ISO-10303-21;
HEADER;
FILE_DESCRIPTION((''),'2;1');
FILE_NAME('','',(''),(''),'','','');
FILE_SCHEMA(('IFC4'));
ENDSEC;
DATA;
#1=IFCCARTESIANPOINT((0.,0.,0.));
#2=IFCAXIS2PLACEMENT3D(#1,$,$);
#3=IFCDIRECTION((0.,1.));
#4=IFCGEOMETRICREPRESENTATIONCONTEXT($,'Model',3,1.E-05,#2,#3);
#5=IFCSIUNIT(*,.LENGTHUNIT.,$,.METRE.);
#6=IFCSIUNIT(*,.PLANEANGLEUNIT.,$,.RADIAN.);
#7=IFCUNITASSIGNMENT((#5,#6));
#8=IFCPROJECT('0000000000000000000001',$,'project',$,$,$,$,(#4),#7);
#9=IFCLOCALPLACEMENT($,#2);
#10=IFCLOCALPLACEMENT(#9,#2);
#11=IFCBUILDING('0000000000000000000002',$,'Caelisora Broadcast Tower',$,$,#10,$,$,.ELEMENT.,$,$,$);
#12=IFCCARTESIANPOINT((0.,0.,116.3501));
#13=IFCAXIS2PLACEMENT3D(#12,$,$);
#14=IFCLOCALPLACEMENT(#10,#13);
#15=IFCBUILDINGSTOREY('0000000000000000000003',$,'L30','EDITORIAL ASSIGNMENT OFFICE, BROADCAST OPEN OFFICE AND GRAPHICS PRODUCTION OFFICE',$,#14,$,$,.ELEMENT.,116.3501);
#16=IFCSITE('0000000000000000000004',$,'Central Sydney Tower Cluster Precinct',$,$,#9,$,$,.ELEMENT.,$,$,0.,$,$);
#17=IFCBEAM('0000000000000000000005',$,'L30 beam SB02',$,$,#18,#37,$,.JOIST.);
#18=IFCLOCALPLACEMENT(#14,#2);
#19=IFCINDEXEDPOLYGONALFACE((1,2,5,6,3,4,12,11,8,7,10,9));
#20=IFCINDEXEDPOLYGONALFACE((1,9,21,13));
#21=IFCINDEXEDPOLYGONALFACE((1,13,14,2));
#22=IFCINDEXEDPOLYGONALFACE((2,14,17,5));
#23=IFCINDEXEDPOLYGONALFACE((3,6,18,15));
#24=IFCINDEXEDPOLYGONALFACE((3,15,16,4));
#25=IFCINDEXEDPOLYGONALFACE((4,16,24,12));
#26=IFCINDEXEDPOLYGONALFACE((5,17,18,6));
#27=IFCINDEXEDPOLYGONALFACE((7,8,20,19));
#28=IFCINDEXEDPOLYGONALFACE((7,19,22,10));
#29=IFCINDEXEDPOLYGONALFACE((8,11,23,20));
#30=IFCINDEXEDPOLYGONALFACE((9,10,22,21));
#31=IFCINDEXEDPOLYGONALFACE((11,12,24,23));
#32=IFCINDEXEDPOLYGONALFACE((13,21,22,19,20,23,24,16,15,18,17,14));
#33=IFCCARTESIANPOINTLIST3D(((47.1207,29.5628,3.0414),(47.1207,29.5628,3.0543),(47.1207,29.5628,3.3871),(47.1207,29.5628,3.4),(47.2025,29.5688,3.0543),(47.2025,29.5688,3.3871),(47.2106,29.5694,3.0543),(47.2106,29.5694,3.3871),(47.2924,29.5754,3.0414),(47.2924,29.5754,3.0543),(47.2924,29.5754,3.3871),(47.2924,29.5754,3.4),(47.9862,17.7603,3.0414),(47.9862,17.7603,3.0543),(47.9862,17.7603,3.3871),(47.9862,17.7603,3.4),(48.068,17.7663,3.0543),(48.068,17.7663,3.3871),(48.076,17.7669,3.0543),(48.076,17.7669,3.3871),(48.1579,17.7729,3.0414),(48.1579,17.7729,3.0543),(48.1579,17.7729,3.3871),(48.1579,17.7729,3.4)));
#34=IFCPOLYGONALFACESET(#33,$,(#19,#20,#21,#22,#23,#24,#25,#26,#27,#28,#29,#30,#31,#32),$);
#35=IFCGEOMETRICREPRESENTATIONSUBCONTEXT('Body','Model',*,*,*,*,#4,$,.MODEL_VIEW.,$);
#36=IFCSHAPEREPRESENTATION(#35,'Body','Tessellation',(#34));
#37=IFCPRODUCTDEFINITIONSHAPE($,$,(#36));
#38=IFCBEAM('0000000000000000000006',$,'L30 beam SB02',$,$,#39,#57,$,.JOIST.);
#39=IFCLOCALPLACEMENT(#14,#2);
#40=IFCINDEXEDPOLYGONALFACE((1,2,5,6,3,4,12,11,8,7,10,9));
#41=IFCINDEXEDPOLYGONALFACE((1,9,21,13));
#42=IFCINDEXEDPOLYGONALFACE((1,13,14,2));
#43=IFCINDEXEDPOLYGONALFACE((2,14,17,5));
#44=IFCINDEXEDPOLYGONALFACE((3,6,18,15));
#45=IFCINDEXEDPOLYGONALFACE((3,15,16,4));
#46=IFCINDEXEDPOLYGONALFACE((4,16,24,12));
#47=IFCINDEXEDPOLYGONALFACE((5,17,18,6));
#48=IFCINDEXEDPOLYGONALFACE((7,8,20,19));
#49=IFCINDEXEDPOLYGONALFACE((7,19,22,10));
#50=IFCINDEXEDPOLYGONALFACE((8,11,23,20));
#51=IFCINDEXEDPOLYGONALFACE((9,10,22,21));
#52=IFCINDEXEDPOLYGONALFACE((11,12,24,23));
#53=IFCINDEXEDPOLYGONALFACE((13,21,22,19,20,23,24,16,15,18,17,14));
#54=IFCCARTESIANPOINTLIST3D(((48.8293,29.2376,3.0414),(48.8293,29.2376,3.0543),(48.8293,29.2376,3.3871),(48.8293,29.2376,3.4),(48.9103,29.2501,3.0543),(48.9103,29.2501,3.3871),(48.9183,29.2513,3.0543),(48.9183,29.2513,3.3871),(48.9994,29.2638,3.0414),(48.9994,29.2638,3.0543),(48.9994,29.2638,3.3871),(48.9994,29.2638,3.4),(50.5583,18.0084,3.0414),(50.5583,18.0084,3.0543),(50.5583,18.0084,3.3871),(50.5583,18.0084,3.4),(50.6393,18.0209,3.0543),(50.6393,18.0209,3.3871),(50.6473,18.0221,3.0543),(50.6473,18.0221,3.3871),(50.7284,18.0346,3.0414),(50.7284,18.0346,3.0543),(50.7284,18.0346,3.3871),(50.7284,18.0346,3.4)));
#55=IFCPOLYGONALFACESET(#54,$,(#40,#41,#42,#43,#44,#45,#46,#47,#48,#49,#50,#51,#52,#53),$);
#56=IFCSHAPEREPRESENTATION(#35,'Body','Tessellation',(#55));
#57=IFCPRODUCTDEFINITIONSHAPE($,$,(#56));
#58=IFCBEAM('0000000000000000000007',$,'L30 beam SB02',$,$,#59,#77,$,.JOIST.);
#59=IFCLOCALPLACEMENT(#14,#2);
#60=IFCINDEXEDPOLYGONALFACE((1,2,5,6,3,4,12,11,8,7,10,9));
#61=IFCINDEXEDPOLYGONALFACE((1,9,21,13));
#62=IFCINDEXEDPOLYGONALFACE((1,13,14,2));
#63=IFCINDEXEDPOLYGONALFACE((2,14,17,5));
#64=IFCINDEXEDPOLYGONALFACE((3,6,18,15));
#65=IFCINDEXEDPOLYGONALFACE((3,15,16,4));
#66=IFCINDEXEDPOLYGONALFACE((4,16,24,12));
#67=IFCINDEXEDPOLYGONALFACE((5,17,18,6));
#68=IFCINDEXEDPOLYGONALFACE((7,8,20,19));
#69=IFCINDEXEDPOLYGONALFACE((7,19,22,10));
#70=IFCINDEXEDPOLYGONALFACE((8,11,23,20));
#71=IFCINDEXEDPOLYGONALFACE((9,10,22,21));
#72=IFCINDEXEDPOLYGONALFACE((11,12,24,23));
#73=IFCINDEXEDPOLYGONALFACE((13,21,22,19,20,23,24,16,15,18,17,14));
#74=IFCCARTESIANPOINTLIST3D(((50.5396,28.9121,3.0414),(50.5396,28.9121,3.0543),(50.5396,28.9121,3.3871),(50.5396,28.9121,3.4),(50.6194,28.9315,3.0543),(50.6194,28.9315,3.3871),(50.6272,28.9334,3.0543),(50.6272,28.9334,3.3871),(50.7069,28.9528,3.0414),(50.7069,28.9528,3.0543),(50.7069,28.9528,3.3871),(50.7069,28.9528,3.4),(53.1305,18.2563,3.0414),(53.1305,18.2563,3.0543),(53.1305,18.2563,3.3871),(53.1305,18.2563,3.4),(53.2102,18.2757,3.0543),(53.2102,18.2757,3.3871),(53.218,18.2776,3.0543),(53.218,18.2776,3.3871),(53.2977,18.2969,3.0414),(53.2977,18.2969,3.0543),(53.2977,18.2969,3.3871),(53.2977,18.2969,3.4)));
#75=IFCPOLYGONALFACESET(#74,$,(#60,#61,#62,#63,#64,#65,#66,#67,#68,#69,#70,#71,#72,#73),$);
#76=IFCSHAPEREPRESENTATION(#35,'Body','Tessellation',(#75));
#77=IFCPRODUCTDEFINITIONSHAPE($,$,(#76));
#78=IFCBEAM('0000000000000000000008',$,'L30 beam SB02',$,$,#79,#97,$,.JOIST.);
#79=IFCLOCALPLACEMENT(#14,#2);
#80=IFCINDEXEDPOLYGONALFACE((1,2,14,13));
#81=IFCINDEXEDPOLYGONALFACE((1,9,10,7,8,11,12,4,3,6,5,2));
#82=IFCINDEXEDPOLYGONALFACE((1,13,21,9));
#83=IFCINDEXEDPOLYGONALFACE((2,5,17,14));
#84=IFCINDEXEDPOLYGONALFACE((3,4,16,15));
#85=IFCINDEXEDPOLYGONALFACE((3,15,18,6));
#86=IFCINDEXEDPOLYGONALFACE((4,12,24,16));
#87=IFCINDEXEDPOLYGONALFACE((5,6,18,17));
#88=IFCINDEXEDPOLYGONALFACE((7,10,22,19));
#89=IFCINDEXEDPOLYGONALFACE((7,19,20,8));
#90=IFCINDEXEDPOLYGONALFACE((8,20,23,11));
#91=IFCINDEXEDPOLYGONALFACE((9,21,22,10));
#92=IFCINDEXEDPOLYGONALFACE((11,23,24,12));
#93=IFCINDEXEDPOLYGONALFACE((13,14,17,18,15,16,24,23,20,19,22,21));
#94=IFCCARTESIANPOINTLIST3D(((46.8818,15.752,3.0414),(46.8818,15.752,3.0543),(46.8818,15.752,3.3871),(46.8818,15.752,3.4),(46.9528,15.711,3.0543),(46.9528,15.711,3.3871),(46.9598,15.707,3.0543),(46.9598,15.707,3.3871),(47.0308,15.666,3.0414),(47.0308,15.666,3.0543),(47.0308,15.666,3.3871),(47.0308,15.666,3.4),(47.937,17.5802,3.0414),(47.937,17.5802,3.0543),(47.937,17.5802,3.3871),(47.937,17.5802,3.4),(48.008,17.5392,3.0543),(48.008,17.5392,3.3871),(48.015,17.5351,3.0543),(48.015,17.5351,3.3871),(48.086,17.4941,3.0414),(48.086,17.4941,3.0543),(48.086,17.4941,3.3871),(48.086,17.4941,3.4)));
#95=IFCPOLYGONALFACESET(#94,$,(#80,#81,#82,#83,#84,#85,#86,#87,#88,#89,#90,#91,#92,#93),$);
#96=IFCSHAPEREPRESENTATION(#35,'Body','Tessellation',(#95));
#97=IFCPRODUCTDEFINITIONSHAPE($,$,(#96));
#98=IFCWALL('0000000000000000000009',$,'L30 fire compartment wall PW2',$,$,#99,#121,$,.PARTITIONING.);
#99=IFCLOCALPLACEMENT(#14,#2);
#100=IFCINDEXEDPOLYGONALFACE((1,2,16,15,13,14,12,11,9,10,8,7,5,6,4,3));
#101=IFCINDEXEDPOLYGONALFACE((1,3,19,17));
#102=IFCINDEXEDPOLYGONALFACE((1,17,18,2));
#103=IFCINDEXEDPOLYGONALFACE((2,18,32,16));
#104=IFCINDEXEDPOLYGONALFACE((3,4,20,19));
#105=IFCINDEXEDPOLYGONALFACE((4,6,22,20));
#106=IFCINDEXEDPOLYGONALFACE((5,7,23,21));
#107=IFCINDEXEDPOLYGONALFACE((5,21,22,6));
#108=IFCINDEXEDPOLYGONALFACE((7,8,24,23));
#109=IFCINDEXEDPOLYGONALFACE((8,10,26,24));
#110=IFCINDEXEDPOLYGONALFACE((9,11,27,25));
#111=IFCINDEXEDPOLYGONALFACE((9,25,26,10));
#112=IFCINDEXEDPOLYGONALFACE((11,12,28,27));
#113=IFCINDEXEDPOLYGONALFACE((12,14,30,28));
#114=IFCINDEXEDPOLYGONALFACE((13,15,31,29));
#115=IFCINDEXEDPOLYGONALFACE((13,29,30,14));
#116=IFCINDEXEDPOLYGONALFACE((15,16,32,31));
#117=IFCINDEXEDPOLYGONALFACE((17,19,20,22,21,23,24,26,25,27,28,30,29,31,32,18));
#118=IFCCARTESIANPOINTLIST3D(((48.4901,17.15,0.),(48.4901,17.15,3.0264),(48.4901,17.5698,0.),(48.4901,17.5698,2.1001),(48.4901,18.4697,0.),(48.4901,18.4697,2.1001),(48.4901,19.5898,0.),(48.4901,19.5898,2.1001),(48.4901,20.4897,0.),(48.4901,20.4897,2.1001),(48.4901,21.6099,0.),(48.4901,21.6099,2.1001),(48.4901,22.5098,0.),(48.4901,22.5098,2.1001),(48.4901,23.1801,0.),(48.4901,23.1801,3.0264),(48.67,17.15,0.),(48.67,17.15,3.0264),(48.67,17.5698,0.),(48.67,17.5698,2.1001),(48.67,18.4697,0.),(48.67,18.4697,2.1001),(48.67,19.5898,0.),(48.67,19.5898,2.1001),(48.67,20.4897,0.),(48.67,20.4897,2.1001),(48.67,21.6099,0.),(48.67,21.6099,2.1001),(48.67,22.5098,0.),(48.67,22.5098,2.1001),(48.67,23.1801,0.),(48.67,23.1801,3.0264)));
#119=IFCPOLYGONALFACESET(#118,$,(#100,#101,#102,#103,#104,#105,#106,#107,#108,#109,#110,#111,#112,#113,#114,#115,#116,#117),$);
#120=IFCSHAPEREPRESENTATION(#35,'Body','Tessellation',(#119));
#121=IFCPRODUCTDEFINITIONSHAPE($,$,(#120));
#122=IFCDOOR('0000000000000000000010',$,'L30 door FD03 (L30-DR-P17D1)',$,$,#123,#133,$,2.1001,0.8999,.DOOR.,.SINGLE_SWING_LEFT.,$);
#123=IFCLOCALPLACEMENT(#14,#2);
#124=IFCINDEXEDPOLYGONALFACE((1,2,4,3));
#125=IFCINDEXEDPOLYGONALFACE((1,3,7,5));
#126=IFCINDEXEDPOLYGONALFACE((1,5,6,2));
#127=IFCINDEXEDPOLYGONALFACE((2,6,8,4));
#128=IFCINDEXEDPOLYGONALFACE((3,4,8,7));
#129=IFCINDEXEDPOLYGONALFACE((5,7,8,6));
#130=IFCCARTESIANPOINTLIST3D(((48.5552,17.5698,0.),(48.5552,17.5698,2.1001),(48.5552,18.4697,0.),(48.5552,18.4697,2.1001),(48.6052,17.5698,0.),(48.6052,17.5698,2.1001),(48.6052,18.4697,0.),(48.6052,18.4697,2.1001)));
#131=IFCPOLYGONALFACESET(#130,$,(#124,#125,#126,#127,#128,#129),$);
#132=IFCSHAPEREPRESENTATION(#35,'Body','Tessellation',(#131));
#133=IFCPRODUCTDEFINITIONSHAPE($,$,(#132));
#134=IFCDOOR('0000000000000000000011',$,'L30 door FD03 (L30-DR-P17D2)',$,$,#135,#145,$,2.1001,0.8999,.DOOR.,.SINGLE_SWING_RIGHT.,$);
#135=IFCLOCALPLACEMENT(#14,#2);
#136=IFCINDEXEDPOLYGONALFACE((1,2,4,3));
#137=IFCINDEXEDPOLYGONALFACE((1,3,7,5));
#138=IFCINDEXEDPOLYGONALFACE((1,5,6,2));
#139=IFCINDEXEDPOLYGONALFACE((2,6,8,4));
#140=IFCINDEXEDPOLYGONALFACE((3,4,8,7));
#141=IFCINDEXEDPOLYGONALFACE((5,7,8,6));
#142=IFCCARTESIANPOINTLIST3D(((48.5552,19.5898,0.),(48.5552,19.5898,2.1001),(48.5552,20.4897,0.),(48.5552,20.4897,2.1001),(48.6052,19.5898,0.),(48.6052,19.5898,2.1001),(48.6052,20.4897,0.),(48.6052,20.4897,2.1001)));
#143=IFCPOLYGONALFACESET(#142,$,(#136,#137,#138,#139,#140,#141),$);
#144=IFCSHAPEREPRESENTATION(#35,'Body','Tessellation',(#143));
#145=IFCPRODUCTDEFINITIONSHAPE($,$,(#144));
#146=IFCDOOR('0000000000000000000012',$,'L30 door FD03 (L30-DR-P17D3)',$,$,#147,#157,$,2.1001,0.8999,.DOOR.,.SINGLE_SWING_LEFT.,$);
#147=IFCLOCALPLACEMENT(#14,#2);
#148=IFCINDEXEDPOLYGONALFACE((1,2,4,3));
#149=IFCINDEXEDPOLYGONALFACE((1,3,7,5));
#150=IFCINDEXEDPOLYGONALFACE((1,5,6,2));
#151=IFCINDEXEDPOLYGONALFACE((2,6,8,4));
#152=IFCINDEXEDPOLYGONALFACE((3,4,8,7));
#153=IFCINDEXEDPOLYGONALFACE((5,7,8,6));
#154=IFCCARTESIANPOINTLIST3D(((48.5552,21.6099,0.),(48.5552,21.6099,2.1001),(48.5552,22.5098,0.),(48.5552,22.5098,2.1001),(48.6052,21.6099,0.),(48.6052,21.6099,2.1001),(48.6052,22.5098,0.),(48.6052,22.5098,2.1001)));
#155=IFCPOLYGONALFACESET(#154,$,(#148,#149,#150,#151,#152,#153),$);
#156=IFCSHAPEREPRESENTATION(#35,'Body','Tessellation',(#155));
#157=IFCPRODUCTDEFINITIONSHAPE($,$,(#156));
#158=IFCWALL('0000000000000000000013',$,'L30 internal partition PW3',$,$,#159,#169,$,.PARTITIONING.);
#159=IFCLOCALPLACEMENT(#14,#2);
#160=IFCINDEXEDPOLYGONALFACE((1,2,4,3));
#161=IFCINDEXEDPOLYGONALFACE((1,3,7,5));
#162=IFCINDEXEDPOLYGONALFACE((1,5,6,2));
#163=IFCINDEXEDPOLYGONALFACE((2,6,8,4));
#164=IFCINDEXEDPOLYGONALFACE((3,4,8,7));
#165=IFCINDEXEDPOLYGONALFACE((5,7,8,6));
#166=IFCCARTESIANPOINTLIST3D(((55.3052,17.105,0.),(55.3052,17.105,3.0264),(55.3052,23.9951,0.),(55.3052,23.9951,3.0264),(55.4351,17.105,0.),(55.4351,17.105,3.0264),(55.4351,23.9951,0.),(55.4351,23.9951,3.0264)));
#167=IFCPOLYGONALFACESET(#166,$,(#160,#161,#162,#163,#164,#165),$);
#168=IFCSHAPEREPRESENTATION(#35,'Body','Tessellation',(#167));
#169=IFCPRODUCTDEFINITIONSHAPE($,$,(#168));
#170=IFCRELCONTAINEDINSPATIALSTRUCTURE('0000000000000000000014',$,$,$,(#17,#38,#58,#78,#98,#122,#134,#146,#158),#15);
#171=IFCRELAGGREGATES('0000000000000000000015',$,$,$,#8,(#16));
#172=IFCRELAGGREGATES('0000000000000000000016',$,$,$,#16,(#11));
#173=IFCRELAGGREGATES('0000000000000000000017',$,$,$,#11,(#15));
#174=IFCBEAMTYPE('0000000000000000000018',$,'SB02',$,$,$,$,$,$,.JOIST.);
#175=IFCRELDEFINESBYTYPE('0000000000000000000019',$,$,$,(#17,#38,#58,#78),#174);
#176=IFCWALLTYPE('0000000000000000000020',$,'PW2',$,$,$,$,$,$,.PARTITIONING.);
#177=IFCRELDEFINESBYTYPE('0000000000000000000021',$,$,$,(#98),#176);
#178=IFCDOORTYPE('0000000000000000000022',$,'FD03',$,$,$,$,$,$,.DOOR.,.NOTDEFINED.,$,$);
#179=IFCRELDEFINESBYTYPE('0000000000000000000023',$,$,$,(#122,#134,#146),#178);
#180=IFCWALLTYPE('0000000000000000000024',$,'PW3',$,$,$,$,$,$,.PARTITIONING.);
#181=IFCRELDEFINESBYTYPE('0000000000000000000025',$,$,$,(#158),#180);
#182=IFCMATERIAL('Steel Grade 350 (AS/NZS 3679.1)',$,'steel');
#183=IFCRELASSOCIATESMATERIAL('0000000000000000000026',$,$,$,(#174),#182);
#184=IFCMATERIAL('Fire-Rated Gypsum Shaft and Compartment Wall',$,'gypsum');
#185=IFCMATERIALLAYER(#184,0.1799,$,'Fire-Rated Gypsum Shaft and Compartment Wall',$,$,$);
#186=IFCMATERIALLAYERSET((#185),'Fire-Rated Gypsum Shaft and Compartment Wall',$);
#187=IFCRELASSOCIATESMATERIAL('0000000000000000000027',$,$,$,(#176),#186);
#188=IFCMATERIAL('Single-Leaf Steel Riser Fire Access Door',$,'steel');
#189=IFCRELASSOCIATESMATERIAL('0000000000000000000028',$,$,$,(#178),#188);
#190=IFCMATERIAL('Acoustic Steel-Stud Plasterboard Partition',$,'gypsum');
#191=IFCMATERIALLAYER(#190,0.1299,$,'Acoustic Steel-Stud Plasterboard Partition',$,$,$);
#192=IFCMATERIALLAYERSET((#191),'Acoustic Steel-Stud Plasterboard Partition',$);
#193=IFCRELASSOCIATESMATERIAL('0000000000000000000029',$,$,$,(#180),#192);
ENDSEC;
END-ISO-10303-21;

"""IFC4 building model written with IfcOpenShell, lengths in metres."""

from ifc_helpers import new_model, si_unit, direction, frame, frame_2d, origin, origin_2d, place, context, subcontext, project, spatial, rectangle, i_section, extrude, source, transform, mapped, material, layer, layer_set, material_profile, profile_set, type_object, type_shapes, element, fill, save


model = new_model("IFC4")

# Units and contexts
model_context = context("Model", 3, precision=1e-05, world=origin(), true_north=direction((0.0, 1.0)))
body_context = subcontext(model_context, "Body", "Model", "MODEL_VIEW")
ifc_project = project(units=[si_unit("LENGTHUNIT", "METRE"), si_unit("PLANEANGLEUNIT", "RADIAN")], contexts=[model_context])

# Site, building, storey
site_placement = place(None, origin())
site = spatial("IfcSite", under=ifc_project, at=site_placement, Name="Central Sydney Tower Cluster Precinct", CompositionType="ELEMENT", RefElevation=0.0)
building_placement = place(site_placement, origin())
building = spatial("IfcBuilding", under=site, at=building_placement, Name="Caelisora Broadcast Tower", CompositionType="ELEMENT")
storey_placement = place(building_placement, frame((0.0, 0.0, 116.3501)))
storey = spatial("IfcBuildingStorey", under=building, at=storey_placement, Name="L30", Description="EDITORIAL ASSIGNMENT OFFICE, BROADCAST OPEN OFFICE AND GRAPHICS PRODUCTION OFFICE", CompositionType="ELEMENT", Elevation=116.3501)

# Beams
ifc_material_1 = material(Name="Steel Grade 350 (AS/NZS 3679.1)", Category="steel")
ifc_material_profile = material_profile(ifc_material_1, i_section(OverallWidth=0.1721, OverallDepth=0.3586, WebThickness=0.0081, FlangeThickness=0.0129, at=origin_2d()), Name="Steel Grade 350 (AS/NZS 3679.1)")
ifc_profile_set = profile_set([ifc_material_profile], Name="Steel Grade 350 (AS/NZS 3679.1)")
beam_type = type_object("IfcBeamType", Name="SB02", PredefinedType="JOIST", material=ifc_profile_set)
shared_shape_1 = source(origin(), body_context, "Body", "SweptSolid", [
    extrude(i_section(OverallWidth=0.1721, OverallDepth=0.3586, WebThickness=0.0081, FlangeThickness=0.0129, at=origin_2d()), origin(), (0.0, 0.0, 1.0), 11.8342),
])
beam_1_placement = place(storey_placement, frame((48.072, 17.7666, 3.2207), z_axis=(-0.073134, 0.997322, 0.0), x_axis=(-0.997322, -0.073134, 0.0)))
element("IfcBeam", 1, at=beam_1_placement, inside=storey, type_object=beam_type, Name="L30 beam SB02", PredefinedType="JOIST", context=body_context, shape_type="MappedRepresentation", body=[
    mapped(shared_shape_1, transform((0.0, 0.0, 0.0), scale=1.0)),
])
shared_shape_2 = source(origin(), body_context, "Body", "SweptSolid", [
    extrude(i_section(OverallWidth=0.1721, OverallDepth=0.3586, WebThickness=0.0081, FlangeThickness=0.0129, at=origin_2d()), origin(), (0.0, 0.0, 1.0), 11.3616),
])
beam_2_placement = place(storey_placement, frame((50.6433, 18.0215, 3.2207), z_axis=(-0.15218, 0.988353, 0.0), x_axis=(-0.988353, -0.15218, 0.0)))
element("IfcBeam", 2, at=beam_2_placement, inside=storey, type_object=beam_type, Name="L30 beam SB02", PredefinedType="JOIST", context=body_context, shape_type="MappedRepresentation", body=[
    mapped(shared_shape_2, transform((0.0, 0.0, 0.0), scale=1.0)),
])
shared_shape_3 = source(origin(), body_context, "Body", "SweptSolid", [
    extrude(i_section(OverallWidth=0.1721, OverallDepth=0.3586, WebThickness=0.0081, FlangeThickness=0.0129, at=origin_2d()), origin(), (0.0, 0.0, 1.0), 10.9663),
])
beam_3_placement = place(storey_placement, frame((53.2141, 18.2766, 3.2207), z_axis=(-0.236255, 0.971691, 0.0), x_axis=(-0.971691, -0.236255, 0.0)))
element("IfcBeam", 3, at=beam_3_placement, inside=storey, type_object=beam_type, Name="L30 beam SB02", PredefinedType="JOIST", context=body_context, shape_type="MappedRepresentation", body=[
    mapped(shared_shape_3, transform((0.0, 0.0, 0.0), scale=1.0)),
])
shared_shape_4 = source(origin(), body_context, "Body", "SweptSolid", [
    extrude(i_section(OverallWidth=0.1721, OverallDepth=0.3586, WebThickness=0.0081, FlangeThickness=0.0129, at=origin_2d()), origin(), (0.0, 0.0, 1.0), 2.1108),
])
type_shapes(beam_type, [shared_shape_1, shared_shape_2, shared_shape_3, shared_shape_4])
beam_4_placement = place(storey_placement, frame((46.9563, 15.709, 3.2207), z_axis=(0.499896, 0.866085, 0.0), x_axis=(-0.866085, 0.499896, 0.0)))
element("IfcBeam", 4, at=beam_4_placement, inside=storey, type_object=beam_type, Name="L30 beam SB02", PredefinedType="JOIST", context=body_context, shape_type="MappedRepresentation", body=[
    mapped(shared_shape_4, transform((0.0, 0.0, 0.0), scale=1.0)),
])

# Wall, openings, doors
ifc_material_2 = material(Name="Fire-Rated Gypsum Shaft and Compartment Wall", Category="gypsum")
ifc_layer_1 = layer(ifc_material_2, 0.1799, Name="Fire-Rated Gypsum Shaft and Compartment Wall")
ifc_layer_set_1 = layer_set([ifc_layer_1], Name="Fire-Rated Gypsum Shaft and Compartment Wall")
wall_type_1 = type_object("IfcWallType", Name="PW2", PredefinedType="PARTITIONING", material=ifc_layer_set_1)
wall_1_placement = place(storey_placement, frame((48.5801, 17.1499, 0.0), z_axis=(0.0, 0.0, 1.0), x_axis=(0.0, 1.0, 0.0)))
wall_1 = element("IfcWall", 5, at=wall_1_placement, inside=storey, type_object=wall_type_1, Name="L30 fire compartment wall PW2", PredefinedType="PARTITIONING", context=body_context, shape_type="SweptSolid", body=[
    extrude(rectangle(XDim=6.03, YDim=0.1799, at=frame_2d((3.0151, 0.0))), origin(), (0.0, 0.0, 1.0), 3.0264),
])
opening_1_placement = place(wall_1_placement, frame((0.4199, 0.0, 0.0)))
opening_1 = element("IfcOpeningElement", 6, at=opening_1_placement, cuts=wall_1, PredefinedType="OPENING", context=body_context, shape_type="SweptSolid", body=[
    extrude(rectangle(XDim=0.8999, YDim=2.1001, at=frame_2d((0.45, 1.05))), frame((0.0, 0.1021, 0.0), z_axis=(0.0, -1.0, 0.0), x_axis=(1.0, 0.0, 0.0)), (0.0, 0.0, 1.0), 0.2039),
])
opening_2_placement = place(wall_1_placement, frame((2.4399, 0.0, 0.0)))
opening_2 = element("IfcOpeningElement", 7, at=opening_2_placement, cuts=wall_1, PredefinedType="OPENING", context=body_context, shape_type="SweptSolid", body=[
    extrude(rectangle(XDim=0.8999, YDim=2.1001, at=frame_2d((0.45, 1.05))), frame((0.0, 0.1021, 0.0), z_axis=(0.0, -1.0, 0.0), x_axis=(1.0, 0.0, 0.0)), (0.0, 0.0, 1.0), 0.2039),
])
opening_3_placement = place(wall_1_placement, frame((4.46, 0.0, 0.0)))
opening_3 = element("IfcOpeningElement", 8, at=opening_3_placement, cuts=wall_1, PredefinedType="OPENING", context=body_context, shape_type="SweptSolid", body=[
    extrude(rectangle(XDim=0.8999, YDim=2.1001, at=frame_2d((0.45, 1.05))), frame((0.0, 0.1021, 0.0), z_axis=(0.0, -1.0, 0.0), x_axis=(1.0, 0.0, 0.0)), (0.0, 0.0, 1.0), 0.2039),
])
ifc_material_3 = material(Name="Single-Leaf Steel Riser Fire Access Door", Category="steel")
door_type_1 = type_object("IfcDoorType", Name="FD03", OperationType="NOTDEFINED", PredefinedType="DOOR", material=ifc_material_3)
door_1_placement = place(opening_1_placement, origin())
door_1 = element("IfcDoor", 9, at=door_1_placement, inside=storey, type_object=door_type_1, Name="L30 door FD03 (L30-DR-P17D1)", OperationType="SINGLE_SWING_LEFT", OverallHeight=2.1001, OverallWidth=0.8999, PredefinedType="DOOR", context=body_context, shape_type="SweptSolid", body=[
    extrude(rectangle(XDim=0.8999, YDim=2.1001, at=frame_2d((0.45, 1.05))), frame((0.0, 0.0249, 0.0), z_axis=(0.0, -1.0, 0.0), x_axis=(1.0, 0.0, 0.0)), (0.0, 0.0, 1.0), 0.05),
])
fill(opening_1, door_1)
door_2_placement = place(opening_2_placement, origin())
door_2 = element("IfcDoor", 10, at=door_2_placement, inside=storey, type_object=door_type_1, Name="L30 door FD03 (L30-DR-P17D2)", OperationType="SINGLE_SWING_RIGHT", OverallHeight=2.1001, OverallWidth=0.8999, PredefinedType="DOOR", context=body_context, shape_type="SweptSolid", body=[
    extrude(rectangle(XDim=0.8999, YDim=2.1001, at=frame_2d((0.45, 1.05))), frame((0.0, 0.0249, 0.0), z_axis=(0.0, -1.0, 0.0), x_axis=(1.0, 0.0, 0.0)), (0.0, 0.0, 1.0), 0.05),
])
fill(opening_2, door_2)
door_3_placement = place(opening_3_placement, origin())
door_3 = element("IfcDoor", 11, at=door_3_placement, inside=storey, type_object=door_type_1, Name="L30 door FD03 (L30-DR-P17D3)", OperationType="SINGLE_SWING_LEFT", OverallHeight=2.1001, OverallWidth=0.8999, PredefinedType="DOOR", context=body_context, shape_type="SweptSolid", body=[
    extrude(rectangle(XDim=0.8999, YDim=2.1001, at=frame_2d((0.45, 1.05))), frame((0.0, 0.0249, 0.0), z_axis=(0.0, -1.0, 0.0), x_axis=(1.0, 0.0, 0.0)), (0.0, 0.0, 1.0), 0.05),
])
fill(opening_3, door_3)

# Wall
ifc_material_4 = material(Name="Acoustic Steel-Stud Plasterboard Partition", Category="gypsum")
ifc_layer_2 = layer(ifc_material_4, 0.1299, Name="Acoustic Steel-Stud Plasterboard Partition")
ifc_layer_set_2 = layer_set([ifc_layer_2], Name="Acoustic Steel-Stud Plasterboard Partition")
wall_type_2 = type_object("IfcWallType", Name="PW3", PredefinedType="PARTITIONING", material=ifc_layer_set_2)
wall_2_placement = place(storey_placement, frame((55.3701, 17.105, 0.0), z_axis=(0.0, 0.0, 1.0), x_axis=(0.0, 1.0, 0.0)))
element("IfcWall", 12, at=wall_2_placement, inside=storey, type_object=wall_type_2, Name="L30 internal partition PW3", PredefinedType="PARTITIONING", context=body_context, shape_type="SweptSolid", body=[
    extrude(rectangle(XDim=6.8901, YDim=0.1299, at=frame_2d((3.4451, 0.0))), origin(), (0.0, 0.0, 1.0), 3.0264),
])

save(model, "model.ifc")
